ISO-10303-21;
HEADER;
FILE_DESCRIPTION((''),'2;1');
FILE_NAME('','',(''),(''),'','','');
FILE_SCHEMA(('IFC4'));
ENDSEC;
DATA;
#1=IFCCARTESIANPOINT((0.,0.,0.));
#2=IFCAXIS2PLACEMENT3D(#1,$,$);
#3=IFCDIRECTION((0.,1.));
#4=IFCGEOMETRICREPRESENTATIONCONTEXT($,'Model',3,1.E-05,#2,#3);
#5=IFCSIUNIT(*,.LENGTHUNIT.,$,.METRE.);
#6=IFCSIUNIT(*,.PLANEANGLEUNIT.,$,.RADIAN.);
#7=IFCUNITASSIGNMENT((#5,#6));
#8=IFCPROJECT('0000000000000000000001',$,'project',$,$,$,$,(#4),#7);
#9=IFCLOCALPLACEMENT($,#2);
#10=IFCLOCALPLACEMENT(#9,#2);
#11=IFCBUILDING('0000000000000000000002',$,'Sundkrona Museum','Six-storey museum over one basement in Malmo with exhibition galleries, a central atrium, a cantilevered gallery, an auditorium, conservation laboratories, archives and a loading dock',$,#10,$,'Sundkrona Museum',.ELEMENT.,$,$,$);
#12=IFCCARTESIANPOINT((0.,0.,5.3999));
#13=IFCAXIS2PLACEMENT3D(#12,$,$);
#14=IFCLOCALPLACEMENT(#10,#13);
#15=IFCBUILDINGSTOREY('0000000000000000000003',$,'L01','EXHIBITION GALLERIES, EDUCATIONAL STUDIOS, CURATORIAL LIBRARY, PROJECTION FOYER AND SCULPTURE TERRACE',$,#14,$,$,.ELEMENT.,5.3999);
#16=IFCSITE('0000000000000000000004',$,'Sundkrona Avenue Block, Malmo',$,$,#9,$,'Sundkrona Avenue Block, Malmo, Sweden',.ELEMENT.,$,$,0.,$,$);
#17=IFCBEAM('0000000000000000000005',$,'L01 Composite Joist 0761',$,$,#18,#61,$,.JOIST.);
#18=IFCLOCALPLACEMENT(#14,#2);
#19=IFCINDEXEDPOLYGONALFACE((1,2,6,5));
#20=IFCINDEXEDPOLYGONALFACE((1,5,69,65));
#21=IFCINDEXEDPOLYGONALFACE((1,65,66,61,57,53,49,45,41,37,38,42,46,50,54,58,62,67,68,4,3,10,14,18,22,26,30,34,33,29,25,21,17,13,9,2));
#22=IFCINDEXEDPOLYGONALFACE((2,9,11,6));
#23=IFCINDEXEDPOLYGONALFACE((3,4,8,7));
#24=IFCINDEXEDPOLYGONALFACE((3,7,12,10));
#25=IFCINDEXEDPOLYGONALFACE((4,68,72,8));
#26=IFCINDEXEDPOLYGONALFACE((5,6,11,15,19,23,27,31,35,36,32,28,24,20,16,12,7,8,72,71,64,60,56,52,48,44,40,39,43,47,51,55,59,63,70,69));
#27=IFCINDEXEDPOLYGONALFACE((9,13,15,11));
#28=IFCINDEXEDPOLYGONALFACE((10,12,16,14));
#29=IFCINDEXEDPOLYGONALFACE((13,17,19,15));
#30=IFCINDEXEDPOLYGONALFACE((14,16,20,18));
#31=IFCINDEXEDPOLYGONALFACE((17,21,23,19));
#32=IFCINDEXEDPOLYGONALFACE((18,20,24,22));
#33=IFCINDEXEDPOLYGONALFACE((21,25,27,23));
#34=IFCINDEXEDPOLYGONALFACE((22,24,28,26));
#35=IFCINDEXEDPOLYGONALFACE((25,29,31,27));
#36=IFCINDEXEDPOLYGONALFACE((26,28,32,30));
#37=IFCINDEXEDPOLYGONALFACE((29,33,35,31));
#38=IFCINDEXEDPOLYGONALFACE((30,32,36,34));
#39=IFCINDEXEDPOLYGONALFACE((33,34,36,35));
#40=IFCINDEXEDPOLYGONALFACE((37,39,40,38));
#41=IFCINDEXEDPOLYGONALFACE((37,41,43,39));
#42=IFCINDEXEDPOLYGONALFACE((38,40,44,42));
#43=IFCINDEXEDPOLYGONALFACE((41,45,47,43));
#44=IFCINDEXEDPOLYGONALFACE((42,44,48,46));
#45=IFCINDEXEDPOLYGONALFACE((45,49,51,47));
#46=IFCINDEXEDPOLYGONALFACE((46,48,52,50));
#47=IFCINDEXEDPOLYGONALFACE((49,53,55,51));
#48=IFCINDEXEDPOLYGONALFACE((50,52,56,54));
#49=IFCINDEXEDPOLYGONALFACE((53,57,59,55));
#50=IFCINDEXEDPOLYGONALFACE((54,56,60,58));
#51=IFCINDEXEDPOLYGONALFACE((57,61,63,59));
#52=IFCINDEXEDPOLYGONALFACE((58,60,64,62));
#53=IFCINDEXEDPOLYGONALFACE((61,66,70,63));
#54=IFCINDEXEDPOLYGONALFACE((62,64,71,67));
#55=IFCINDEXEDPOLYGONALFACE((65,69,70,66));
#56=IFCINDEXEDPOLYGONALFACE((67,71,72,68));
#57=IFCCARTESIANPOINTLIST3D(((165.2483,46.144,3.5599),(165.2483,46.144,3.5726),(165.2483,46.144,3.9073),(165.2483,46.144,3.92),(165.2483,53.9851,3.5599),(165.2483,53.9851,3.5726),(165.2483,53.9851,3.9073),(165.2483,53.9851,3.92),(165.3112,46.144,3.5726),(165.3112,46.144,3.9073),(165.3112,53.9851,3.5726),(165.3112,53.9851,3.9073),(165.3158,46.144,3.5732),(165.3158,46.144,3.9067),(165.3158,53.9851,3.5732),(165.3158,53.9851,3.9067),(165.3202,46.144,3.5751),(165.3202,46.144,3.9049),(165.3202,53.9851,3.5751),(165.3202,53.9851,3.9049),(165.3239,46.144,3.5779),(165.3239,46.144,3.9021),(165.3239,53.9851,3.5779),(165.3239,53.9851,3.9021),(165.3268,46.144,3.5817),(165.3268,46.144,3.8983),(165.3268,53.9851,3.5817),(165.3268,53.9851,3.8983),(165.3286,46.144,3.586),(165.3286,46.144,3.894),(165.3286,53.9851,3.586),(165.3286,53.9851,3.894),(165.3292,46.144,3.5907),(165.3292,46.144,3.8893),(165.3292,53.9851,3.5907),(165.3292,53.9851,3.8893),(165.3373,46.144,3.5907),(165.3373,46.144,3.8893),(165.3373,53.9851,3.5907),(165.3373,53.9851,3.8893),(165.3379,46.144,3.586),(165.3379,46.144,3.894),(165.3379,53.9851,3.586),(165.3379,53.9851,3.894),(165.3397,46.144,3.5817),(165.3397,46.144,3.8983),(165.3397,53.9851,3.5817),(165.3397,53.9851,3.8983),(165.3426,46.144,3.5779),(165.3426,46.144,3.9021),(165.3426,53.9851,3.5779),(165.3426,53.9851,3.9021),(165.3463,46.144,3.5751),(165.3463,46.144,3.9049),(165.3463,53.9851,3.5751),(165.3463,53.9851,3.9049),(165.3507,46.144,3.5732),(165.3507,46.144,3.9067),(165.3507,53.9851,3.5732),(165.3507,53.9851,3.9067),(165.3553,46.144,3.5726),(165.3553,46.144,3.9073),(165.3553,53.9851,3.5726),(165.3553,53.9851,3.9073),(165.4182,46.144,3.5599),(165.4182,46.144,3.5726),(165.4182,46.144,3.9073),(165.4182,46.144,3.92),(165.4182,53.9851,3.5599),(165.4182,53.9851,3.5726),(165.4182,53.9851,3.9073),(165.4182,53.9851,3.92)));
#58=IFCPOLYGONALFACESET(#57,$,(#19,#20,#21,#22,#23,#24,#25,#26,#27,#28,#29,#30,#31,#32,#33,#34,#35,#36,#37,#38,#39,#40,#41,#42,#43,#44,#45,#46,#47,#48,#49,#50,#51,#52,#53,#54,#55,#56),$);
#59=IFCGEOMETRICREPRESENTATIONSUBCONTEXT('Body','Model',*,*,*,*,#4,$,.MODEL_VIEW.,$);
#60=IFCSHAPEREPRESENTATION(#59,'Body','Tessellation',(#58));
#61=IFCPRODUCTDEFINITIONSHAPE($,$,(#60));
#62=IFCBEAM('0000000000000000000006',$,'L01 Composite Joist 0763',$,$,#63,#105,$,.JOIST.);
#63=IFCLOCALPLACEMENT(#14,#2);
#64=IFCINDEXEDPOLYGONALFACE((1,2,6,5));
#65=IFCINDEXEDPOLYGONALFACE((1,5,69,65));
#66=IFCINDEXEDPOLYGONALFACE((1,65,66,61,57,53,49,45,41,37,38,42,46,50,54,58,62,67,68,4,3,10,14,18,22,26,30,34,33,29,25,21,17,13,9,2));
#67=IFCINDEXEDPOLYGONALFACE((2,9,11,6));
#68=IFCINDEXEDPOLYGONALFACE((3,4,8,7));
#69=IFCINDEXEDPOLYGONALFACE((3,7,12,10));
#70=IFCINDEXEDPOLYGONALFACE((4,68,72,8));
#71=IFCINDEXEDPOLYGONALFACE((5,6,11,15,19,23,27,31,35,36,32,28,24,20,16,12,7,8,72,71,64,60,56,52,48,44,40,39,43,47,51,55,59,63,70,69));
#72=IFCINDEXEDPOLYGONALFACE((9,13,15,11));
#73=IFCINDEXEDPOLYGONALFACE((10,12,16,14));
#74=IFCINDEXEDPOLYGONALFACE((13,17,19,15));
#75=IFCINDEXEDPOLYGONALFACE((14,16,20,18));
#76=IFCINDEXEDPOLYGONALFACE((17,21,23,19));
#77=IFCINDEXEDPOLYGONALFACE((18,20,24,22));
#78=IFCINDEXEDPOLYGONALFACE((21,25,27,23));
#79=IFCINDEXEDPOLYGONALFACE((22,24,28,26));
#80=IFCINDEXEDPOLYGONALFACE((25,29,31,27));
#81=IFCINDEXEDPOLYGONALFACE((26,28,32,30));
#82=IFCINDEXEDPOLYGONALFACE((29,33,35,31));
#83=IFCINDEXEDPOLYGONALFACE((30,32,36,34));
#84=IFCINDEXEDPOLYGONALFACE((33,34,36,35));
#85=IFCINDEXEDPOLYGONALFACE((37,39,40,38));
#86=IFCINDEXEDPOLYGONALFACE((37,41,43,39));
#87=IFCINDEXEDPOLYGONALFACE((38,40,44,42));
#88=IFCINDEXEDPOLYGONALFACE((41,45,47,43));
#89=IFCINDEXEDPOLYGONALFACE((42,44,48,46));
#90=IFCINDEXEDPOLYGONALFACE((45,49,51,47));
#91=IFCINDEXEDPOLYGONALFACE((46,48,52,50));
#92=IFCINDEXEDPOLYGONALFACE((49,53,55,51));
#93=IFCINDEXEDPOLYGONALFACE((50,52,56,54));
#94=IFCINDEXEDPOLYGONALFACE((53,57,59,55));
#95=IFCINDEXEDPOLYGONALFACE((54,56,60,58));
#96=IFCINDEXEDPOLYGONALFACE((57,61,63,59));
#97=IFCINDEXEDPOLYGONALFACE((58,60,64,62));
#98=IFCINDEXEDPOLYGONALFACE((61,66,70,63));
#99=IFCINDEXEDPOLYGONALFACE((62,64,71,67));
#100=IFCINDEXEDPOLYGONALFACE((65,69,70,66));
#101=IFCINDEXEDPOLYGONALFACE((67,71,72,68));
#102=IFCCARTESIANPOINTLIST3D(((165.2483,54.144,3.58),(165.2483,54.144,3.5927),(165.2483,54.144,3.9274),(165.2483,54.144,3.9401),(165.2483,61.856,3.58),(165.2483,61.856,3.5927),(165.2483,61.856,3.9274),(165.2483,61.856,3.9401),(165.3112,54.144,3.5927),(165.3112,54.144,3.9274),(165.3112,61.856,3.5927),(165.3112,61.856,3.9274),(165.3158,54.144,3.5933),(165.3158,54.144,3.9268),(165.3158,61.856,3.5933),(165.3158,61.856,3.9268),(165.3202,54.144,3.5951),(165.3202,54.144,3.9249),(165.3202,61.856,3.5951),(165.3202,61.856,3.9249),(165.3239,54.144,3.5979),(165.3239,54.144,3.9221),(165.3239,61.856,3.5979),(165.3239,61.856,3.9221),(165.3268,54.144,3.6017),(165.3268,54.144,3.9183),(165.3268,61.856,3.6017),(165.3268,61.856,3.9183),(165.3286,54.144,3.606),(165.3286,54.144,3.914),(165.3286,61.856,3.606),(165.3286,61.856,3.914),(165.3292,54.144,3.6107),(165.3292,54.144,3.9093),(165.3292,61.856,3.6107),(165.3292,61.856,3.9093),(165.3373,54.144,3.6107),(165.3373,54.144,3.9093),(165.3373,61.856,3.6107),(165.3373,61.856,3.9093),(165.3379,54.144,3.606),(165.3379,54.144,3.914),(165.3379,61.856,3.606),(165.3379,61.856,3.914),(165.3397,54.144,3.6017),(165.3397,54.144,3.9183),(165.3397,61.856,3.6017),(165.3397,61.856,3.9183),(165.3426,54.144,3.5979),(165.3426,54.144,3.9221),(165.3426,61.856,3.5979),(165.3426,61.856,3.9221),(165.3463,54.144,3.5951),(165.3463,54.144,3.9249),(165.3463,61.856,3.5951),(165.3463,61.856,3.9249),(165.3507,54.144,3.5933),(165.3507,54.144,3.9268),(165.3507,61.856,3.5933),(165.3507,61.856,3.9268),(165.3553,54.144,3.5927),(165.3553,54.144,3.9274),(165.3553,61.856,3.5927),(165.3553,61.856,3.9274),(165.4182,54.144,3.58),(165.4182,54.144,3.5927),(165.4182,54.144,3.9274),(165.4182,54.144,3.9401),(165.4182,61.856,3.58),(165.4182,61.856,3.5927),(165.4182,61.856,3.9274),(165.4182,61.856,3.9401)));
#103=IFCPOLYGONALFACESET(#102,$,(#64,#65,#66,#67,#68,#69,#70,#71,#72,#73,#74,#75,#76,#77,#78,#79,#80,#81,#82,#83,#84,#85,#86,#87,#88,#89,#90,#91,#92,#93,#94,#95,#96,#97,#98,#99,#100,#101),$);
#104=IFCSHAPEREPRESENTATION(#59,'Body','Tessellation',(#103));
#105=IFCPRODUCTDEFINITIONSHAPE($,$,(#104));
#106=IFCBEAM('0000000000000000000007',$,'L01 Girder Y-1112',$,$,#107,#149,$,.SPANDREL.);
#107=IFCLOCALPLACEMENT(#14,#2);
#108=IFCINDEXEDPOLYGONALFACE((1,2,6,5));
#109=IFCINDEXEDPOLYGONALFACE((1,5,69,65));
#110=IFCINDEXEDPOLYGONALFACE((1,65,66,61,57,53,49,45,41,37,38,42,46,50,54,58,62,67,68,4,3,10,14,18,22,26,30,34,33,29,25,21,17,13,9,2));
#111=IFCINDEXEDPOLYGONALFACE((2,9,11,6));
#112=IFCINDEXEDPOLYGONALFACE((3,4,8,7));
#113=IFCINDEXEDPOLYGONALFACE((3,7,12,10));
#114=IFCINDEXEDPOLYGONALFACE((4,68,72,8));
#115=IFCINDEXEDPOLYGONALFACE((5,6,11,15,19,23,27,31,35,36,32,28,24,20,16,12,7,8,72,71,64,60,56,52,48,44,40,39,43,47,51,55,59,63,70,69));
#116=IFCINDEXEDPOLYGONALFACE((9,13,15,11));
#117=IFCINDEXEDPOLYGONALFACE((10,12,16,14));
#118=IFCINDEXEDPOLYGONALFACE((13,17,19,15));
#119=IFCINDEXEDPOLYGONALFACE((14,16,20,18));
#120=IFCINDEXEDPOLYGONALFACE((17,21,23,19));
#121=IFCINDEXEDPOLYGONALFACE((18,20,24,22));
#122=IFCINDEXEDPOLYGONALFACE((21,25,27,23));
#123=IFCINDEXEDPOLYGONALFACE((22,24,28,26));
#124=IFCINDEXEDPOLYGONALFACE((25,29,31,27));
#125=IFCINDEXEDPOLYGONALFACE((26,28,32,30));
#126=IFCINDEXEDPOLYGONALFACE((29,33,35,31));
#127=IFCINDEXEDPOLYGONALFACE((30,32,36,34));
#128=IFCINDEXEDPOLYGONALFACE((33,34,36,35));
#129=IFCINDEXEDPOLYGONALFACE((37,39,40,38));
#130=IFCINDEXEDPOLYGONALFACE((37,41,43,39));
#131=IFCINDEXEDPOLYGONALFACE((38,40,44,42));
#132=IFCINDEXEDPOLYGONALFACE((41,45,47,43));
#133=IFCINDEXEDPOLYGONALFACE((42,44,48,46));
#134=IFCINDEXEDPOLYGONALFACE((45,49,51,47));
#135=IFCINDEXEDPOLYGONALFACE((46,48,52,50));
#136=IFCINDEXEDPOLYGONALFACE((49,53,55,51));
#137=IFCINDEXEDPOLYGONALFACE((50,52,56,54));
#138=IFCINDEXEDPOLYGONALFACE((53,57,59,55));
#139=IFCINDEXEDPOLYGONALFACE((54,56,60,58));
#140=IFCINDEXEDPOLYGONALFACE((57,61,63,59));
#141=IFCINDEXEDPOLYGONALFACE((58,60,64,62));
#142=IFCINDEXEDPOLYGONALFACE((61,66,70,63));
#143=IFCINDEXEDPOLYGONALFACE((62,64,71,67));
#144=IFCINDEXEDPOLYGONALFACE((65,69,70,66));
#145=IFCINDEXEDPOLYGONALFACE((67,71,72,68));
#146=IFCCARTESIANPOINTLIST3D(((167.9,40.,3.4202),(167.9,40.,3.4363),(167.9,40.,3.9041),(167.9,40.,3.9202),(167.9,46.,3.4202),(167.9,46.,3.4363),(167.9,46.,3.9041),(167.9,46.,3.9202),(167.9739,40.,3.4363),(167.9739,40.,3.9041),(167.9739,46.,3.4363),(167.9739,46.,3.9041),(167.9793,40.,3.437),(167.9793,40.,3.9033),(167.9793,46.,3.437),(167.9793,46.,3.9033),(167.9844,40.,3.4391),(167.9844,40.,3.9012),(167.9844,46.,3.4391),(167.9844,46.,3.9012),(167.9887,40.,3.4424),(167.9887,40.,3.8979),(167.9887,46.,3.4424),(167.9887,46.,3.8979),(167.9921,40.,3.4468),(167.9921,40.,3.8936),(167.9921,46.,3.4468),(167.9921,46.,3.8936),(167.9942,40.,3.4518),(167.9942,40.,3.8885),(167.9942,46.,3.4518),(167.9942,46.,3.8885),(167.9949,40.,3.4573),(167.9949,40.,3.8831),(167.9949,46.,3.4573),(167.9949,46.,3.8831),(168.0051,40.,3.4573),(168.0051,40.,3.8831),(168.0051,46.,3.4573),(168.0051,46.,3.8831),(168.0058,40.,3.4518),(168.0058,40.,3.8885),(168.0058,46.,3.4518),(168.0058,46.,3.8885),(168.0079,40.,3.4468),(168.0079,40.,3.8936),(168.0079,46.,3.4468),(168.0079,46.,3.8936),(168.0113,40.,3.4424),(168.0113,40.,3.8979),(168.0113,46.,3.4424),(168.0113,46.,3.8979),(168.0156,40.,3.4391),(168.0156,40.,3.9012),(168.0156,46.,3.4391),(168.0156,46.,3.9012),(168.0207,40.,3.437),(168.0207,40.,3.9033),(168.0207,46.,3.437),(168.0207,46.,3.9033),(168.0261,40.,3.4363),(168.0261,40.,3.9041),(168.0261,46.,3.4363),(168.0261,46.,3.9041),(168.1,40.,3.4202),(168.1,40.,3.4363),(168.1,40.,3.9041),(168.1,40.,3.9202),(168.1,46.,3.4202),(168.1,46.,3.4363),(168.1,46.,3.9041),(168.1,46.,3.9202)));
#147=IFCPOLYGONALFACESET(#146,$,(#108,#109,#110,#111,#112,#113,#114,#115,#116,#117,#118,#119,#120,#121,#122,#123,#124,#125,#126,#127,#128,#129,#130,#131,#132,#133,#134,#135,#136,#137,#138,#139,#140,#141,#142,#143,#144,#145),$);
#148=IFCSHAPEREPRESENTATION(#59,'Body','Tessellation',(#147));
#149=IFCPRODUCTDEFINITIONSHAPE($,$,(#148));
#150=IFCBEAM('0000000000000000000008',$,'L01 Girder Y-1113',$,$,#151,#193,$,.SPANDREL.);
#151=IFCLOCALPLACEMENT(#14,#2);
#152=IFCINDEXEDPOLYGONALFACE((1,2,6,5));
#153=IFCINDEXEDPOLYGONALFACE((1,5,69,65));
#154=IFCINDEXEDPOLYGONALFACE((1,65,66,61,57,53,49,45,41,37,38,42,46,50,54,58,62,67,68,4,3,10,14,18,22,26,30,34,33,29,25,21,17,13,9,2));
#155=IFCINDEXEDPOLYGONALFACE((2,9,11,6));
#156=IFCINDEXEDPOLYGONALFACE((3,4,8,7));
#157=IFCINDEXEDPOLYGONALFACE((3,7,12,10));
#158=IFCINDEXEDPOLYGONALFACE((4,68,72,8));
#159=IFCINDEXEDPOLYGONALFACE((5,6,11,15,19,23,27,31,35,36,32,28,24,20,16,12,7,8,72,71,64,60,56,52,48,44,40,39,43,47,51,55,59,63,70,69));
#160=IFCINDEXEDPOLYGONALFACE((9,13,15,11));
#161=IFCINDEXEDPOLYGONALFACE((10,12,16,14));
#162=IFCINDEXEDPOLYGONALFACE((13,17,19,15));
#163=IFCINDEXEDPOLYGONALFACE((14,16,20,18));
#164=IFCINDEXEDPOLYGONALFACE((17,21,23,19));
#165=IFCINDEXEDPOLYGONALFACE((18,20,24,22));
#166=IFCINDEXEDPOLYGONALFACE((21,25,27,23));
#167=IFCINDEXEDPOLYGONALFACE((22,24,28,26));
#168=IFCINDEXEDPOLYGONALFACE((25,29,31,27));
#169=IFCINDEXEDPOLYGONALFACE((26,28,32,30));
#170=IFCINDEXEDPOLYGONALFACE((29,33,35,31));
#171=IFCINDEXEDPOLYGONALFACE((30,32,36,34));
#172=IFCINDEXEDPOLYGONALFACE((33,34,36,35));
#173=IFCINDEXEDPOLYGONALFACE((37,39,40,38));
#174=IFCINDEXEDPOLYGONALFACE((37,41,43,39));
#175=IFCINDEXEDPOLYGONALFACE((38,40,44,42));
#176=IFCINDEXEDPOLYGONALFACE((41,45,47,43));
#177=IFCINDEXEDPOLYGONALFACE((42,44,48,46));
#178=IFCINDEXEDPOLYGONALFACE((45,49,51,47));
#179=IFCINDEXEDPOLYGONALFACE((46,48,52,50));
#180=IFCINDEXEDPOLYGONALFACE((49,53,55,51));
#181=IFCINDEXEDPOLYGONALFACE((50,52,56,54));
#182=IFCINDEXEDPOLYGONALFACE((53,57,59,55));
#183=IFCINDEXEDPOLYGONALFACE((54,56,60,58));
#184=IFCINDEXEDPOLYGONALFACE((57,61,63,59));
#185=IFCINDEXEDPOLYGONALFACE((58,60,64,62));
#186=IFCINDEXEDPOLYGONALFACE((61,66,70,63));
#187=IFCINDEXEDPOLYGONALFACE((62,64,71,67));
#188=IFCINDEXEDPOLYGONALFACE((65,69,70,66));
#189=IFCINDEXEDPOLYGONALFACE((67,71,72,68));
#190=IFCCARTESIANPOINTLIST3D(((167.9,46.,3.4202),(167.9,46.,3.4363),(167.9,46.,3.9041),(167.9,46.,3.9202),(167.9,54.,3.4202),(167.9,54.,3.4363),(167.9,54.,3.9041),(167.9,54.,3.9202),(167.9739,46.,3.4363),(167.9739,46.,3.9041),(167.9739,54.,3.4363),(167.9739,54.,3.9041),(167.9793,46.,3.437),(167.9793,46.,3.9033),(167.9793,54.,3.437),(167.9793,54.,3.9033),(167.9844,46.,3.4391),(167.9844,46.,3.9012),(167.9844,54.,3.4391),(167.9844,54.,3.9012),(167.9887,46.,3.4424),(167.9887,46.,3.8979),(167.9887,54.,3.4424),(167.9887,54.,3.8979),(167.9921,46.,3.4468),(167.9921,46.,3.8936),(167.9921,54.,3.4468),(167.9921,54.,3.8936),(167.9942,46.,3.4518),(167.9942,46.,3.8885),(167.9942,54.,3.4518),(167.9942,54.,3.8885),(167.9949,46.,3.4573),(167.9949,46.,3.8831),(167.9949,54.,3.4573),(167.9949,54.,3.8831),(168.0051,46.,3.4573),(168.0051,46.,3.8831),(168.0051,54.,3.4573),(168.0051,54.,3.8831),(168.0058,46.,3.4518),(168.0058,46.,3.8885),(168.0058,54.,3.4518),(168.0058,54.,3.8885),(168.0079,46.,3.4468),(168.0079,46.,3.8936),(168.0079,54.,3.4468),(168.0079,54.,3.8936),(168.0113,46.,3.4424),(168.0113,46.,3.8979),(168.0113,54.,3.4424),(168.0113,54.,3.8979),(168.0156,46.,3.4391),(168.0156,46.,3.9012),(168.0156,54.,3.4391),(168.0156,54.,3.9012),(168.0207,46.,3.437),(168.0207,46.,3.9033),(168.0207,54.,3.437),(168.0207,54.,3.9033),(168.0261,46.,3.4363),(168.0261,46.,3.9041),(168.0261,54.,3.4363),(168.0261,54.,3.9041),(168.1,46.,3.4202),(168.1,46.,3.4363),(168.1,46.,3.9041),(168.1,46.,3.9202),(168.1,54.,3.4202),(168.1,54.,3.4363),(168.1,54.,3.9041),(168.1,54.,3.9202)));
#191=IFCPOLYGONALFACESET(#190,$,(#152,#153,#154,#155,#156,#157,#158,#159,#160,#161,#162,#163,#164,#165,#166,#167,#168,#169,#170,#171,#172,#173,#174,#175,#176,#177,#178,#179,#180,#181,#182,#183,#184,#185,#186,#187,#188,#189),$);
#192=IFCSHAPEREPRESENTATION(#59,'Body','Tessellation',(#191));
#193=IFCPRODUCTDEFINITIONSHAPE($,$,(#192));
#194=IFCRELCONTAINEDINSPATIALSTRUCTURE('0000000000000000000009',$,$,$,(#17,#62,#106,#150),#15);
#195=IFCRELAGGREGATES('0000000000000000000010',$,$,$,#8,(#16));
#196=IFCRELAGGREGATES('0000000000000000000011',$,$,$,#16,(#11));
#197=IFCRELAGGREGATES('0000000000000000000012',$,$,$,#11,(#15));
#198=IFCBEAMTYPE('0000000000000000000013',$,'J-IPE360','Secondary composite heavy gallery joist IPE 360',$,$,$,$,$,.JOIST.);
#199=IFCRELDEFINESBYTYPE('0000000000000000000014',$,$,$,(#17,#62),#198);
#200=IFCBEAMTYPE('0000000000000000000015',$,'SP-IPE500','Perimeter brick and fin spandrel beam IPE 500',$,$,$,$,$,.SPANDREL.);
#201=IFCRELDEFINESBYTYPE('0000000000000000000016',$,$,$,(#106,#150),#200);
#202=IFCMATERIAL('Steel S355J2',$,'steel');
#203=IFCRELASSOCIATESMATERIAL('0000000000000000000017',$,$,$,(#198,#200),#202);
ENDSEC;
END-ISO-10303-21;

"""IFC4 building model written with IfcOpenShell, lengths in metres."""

from ifc_helpers import new_model, si_unit, direction, frame, origin, origin_2d, place, context, subcontext, project, spatial, i_section, extrude, material, material_profile, profile_set, type_object, element, save


model = new_model("IFC4")

# Units and contexts
model_context = context("Model", 3, precision=1e-05, world=origin(), true_north=direction((0.0, 1.0)))
body_context = subcontext(model_context, "Body", "Model", "MODEL_VIEW")
ifc_project = project(units=[si_unit("LENGTHUNIT", "METRE"), si_unit("PLANEANGLEUNIT", "RADIAN")], contexts=[model_context])

# Site, building, storey
site_placement = place(None, origin())
site = spatial("IfcSite", under=ifc_project, at=site_placement, Name="Sundkrona Avenue Block, Malmo", LongName="Sundkrona Avenue Block, Malmo, Sweden", CompositionType="ELEMENT", RefElevation=0.0)
building_placement = place(site_placement, origin())
building = spatial("IfcBuilding", under=site, at=building_placement, Name="Sundkrona Museum", Description="Six-storey museum over one basement in Malmo with exhibition galleries, a central atrium, a cantilevered gallery, an auditorium, conservation laboratories, archives and a loading dock", LongName="Sundkrona Museum", CompositionType="ELEMENT")
storey_placement = place(building_placement, frame((0.0, 0.0, 5.3999)))
storey = spatial("IfcBuildingStorey", under=building, at=storey_placement, Name="L01", Description="EXHIBITION GALLERIES, EDUCATIONAL STUDIOS, CURATORIAL LIBRARY, PROJECTION FOYER AND SCULPTURE TERRACE", CompositionType="ELEMENT", Elevation=5.3999)

# Shared definitions
ifc_material_1 = material(Name="Steel S355J2", Category="steel")

# Beams
ifc_material_profile_1 = material_profile(ifc_material_1, i_section(OverallWidth=0.1699, OverallDepth=0.3601, WebThickness=0.0081, FlangeThickness=0.0127, FilletRadius=0.0181, at=origin_2d()), Name="IPE 360")
ifc_profile_set_1 = profile_set([ifc_material_profile_1], Name="Steel S355J2")
beam_type_1 = type_object("IfcBeamType", Name="J-IPE360", Description="Secondary composite heavy gallery joist IPE 360", PredefinedType="JOIST", material=ifc_profile_set_1)
beam_1_placement = place(storey_placement, frame((165.3333, 46.144, 3.74), z_axis=(0.0, 1.0, 0.0), x_axis=(-1.0, 0.0, 0.0)))
element("IfcBeam", 1, at=beam_1_placement, inside=storey, type_object=beam_type_1, Name="L01 Composite Joist 0761", PredefinedType="JOIST", context=body_context, shape_type="SweptSolid", body=[
    extrude(i_section(OverallWidth=0.1699, OverallDepth=0.3601, WebThickness=0.0081, FlangeThickness=0.0127, FilletRadius=0.0181, at=origin_2d()), origin(), (0.0, 0.0, 1.0), 7.8411),
])
beam_2_placement = place(storey_placement, frame((165.3333, 54.144, 3.76), z_axis=(0.0, 1.0, 0.0), x_axis=(-1.0, 0.0, 0.0)))
element("IfcBeam", 2, at=beam_2_placement, inside=storey, type_object=beam_type_1, Name="L01 Composite Joist 0763", PredefinedType="JOIST", context=body_context, shape_type="SweptSolid", body=[
    extrude(i_section(OverallWidth=0.1699, OverallDepth=0.3601, WebThickness=0.0081, FlangeThickness=0.0127, FilletRadius=0.0181, at=origin_2d()), origin(), (0.0, 0.0, 1.0), 7.7119),
])
ifc_material_profile_2 = material_profile(ifc_material_1, i_section(OverallWidth=0.2, OverallDepth=0.5, WebThickness=0.0103, FlangeThickness=0.0161, FilletRadius=0.021, at=origin_2d()), Name="IPE 500")
ifc_profile_set_2 = profile_set([ifc_material_profile_2], Name="Steel S355J2")
beam_type_2 = type_object("IfcBeamType", Name="SP-IPE500", Description="Perimeter brick and fin spandrel beam IPE 500", PredefinedType="SPANDREL", material=ifc_profile_set_2)
beam_3_placement = place(storey_placement, frame((168.0, 40.0, 3.6702), z_axis=(0.0, 1.0, 0.0), x_axis=(-1.0, 0.0, 0.0)))
element("IfcBeam", 3, at=beam_3_placement, inside=storey, type_object=beam_type_2, Name="L01 Girder Y-1112", PredefinedType="SPANDREL", context=body_context, shape_type="SweptSolid", body=[
    extrude(i_section(OverallWidth=0.2, OverallDepth=0.5, WebThickness=0.0103, FlangeThickness=0.0161, FilletRadius=0.021, at=origin_2d()), origin(), (0.0, 0.0, 1.0), 6.0),
])
for number, where, z_axis, x_axis, name in (
    (4, (168.0, 46.0, 3.6702), (0.0, 1.0, 0.0), (-1.0, 0.0, 0.0), "L01 Girder Y-1113"),
):
    element("IfcBeam", number, at=place(storey_placement, frame(where, z_axis=z_axis, x_axis=x_axis)), inside=storey, type_object=beam_type_2, Name=name, PredefinedType="SPANDREL", context=body_context, shape_type="SweptSolid", body=[
        extrude(i_section(OverallWidth=0.2, OverallDepth=0.5, WebThickness=0.0103, FlangeThickness=0.0161, FilletRadius=0.021, at=origin_2d()), origin(), (0.0, 0.0, 1.0), 8.0),
    ])

save(model, "model.ifc")
